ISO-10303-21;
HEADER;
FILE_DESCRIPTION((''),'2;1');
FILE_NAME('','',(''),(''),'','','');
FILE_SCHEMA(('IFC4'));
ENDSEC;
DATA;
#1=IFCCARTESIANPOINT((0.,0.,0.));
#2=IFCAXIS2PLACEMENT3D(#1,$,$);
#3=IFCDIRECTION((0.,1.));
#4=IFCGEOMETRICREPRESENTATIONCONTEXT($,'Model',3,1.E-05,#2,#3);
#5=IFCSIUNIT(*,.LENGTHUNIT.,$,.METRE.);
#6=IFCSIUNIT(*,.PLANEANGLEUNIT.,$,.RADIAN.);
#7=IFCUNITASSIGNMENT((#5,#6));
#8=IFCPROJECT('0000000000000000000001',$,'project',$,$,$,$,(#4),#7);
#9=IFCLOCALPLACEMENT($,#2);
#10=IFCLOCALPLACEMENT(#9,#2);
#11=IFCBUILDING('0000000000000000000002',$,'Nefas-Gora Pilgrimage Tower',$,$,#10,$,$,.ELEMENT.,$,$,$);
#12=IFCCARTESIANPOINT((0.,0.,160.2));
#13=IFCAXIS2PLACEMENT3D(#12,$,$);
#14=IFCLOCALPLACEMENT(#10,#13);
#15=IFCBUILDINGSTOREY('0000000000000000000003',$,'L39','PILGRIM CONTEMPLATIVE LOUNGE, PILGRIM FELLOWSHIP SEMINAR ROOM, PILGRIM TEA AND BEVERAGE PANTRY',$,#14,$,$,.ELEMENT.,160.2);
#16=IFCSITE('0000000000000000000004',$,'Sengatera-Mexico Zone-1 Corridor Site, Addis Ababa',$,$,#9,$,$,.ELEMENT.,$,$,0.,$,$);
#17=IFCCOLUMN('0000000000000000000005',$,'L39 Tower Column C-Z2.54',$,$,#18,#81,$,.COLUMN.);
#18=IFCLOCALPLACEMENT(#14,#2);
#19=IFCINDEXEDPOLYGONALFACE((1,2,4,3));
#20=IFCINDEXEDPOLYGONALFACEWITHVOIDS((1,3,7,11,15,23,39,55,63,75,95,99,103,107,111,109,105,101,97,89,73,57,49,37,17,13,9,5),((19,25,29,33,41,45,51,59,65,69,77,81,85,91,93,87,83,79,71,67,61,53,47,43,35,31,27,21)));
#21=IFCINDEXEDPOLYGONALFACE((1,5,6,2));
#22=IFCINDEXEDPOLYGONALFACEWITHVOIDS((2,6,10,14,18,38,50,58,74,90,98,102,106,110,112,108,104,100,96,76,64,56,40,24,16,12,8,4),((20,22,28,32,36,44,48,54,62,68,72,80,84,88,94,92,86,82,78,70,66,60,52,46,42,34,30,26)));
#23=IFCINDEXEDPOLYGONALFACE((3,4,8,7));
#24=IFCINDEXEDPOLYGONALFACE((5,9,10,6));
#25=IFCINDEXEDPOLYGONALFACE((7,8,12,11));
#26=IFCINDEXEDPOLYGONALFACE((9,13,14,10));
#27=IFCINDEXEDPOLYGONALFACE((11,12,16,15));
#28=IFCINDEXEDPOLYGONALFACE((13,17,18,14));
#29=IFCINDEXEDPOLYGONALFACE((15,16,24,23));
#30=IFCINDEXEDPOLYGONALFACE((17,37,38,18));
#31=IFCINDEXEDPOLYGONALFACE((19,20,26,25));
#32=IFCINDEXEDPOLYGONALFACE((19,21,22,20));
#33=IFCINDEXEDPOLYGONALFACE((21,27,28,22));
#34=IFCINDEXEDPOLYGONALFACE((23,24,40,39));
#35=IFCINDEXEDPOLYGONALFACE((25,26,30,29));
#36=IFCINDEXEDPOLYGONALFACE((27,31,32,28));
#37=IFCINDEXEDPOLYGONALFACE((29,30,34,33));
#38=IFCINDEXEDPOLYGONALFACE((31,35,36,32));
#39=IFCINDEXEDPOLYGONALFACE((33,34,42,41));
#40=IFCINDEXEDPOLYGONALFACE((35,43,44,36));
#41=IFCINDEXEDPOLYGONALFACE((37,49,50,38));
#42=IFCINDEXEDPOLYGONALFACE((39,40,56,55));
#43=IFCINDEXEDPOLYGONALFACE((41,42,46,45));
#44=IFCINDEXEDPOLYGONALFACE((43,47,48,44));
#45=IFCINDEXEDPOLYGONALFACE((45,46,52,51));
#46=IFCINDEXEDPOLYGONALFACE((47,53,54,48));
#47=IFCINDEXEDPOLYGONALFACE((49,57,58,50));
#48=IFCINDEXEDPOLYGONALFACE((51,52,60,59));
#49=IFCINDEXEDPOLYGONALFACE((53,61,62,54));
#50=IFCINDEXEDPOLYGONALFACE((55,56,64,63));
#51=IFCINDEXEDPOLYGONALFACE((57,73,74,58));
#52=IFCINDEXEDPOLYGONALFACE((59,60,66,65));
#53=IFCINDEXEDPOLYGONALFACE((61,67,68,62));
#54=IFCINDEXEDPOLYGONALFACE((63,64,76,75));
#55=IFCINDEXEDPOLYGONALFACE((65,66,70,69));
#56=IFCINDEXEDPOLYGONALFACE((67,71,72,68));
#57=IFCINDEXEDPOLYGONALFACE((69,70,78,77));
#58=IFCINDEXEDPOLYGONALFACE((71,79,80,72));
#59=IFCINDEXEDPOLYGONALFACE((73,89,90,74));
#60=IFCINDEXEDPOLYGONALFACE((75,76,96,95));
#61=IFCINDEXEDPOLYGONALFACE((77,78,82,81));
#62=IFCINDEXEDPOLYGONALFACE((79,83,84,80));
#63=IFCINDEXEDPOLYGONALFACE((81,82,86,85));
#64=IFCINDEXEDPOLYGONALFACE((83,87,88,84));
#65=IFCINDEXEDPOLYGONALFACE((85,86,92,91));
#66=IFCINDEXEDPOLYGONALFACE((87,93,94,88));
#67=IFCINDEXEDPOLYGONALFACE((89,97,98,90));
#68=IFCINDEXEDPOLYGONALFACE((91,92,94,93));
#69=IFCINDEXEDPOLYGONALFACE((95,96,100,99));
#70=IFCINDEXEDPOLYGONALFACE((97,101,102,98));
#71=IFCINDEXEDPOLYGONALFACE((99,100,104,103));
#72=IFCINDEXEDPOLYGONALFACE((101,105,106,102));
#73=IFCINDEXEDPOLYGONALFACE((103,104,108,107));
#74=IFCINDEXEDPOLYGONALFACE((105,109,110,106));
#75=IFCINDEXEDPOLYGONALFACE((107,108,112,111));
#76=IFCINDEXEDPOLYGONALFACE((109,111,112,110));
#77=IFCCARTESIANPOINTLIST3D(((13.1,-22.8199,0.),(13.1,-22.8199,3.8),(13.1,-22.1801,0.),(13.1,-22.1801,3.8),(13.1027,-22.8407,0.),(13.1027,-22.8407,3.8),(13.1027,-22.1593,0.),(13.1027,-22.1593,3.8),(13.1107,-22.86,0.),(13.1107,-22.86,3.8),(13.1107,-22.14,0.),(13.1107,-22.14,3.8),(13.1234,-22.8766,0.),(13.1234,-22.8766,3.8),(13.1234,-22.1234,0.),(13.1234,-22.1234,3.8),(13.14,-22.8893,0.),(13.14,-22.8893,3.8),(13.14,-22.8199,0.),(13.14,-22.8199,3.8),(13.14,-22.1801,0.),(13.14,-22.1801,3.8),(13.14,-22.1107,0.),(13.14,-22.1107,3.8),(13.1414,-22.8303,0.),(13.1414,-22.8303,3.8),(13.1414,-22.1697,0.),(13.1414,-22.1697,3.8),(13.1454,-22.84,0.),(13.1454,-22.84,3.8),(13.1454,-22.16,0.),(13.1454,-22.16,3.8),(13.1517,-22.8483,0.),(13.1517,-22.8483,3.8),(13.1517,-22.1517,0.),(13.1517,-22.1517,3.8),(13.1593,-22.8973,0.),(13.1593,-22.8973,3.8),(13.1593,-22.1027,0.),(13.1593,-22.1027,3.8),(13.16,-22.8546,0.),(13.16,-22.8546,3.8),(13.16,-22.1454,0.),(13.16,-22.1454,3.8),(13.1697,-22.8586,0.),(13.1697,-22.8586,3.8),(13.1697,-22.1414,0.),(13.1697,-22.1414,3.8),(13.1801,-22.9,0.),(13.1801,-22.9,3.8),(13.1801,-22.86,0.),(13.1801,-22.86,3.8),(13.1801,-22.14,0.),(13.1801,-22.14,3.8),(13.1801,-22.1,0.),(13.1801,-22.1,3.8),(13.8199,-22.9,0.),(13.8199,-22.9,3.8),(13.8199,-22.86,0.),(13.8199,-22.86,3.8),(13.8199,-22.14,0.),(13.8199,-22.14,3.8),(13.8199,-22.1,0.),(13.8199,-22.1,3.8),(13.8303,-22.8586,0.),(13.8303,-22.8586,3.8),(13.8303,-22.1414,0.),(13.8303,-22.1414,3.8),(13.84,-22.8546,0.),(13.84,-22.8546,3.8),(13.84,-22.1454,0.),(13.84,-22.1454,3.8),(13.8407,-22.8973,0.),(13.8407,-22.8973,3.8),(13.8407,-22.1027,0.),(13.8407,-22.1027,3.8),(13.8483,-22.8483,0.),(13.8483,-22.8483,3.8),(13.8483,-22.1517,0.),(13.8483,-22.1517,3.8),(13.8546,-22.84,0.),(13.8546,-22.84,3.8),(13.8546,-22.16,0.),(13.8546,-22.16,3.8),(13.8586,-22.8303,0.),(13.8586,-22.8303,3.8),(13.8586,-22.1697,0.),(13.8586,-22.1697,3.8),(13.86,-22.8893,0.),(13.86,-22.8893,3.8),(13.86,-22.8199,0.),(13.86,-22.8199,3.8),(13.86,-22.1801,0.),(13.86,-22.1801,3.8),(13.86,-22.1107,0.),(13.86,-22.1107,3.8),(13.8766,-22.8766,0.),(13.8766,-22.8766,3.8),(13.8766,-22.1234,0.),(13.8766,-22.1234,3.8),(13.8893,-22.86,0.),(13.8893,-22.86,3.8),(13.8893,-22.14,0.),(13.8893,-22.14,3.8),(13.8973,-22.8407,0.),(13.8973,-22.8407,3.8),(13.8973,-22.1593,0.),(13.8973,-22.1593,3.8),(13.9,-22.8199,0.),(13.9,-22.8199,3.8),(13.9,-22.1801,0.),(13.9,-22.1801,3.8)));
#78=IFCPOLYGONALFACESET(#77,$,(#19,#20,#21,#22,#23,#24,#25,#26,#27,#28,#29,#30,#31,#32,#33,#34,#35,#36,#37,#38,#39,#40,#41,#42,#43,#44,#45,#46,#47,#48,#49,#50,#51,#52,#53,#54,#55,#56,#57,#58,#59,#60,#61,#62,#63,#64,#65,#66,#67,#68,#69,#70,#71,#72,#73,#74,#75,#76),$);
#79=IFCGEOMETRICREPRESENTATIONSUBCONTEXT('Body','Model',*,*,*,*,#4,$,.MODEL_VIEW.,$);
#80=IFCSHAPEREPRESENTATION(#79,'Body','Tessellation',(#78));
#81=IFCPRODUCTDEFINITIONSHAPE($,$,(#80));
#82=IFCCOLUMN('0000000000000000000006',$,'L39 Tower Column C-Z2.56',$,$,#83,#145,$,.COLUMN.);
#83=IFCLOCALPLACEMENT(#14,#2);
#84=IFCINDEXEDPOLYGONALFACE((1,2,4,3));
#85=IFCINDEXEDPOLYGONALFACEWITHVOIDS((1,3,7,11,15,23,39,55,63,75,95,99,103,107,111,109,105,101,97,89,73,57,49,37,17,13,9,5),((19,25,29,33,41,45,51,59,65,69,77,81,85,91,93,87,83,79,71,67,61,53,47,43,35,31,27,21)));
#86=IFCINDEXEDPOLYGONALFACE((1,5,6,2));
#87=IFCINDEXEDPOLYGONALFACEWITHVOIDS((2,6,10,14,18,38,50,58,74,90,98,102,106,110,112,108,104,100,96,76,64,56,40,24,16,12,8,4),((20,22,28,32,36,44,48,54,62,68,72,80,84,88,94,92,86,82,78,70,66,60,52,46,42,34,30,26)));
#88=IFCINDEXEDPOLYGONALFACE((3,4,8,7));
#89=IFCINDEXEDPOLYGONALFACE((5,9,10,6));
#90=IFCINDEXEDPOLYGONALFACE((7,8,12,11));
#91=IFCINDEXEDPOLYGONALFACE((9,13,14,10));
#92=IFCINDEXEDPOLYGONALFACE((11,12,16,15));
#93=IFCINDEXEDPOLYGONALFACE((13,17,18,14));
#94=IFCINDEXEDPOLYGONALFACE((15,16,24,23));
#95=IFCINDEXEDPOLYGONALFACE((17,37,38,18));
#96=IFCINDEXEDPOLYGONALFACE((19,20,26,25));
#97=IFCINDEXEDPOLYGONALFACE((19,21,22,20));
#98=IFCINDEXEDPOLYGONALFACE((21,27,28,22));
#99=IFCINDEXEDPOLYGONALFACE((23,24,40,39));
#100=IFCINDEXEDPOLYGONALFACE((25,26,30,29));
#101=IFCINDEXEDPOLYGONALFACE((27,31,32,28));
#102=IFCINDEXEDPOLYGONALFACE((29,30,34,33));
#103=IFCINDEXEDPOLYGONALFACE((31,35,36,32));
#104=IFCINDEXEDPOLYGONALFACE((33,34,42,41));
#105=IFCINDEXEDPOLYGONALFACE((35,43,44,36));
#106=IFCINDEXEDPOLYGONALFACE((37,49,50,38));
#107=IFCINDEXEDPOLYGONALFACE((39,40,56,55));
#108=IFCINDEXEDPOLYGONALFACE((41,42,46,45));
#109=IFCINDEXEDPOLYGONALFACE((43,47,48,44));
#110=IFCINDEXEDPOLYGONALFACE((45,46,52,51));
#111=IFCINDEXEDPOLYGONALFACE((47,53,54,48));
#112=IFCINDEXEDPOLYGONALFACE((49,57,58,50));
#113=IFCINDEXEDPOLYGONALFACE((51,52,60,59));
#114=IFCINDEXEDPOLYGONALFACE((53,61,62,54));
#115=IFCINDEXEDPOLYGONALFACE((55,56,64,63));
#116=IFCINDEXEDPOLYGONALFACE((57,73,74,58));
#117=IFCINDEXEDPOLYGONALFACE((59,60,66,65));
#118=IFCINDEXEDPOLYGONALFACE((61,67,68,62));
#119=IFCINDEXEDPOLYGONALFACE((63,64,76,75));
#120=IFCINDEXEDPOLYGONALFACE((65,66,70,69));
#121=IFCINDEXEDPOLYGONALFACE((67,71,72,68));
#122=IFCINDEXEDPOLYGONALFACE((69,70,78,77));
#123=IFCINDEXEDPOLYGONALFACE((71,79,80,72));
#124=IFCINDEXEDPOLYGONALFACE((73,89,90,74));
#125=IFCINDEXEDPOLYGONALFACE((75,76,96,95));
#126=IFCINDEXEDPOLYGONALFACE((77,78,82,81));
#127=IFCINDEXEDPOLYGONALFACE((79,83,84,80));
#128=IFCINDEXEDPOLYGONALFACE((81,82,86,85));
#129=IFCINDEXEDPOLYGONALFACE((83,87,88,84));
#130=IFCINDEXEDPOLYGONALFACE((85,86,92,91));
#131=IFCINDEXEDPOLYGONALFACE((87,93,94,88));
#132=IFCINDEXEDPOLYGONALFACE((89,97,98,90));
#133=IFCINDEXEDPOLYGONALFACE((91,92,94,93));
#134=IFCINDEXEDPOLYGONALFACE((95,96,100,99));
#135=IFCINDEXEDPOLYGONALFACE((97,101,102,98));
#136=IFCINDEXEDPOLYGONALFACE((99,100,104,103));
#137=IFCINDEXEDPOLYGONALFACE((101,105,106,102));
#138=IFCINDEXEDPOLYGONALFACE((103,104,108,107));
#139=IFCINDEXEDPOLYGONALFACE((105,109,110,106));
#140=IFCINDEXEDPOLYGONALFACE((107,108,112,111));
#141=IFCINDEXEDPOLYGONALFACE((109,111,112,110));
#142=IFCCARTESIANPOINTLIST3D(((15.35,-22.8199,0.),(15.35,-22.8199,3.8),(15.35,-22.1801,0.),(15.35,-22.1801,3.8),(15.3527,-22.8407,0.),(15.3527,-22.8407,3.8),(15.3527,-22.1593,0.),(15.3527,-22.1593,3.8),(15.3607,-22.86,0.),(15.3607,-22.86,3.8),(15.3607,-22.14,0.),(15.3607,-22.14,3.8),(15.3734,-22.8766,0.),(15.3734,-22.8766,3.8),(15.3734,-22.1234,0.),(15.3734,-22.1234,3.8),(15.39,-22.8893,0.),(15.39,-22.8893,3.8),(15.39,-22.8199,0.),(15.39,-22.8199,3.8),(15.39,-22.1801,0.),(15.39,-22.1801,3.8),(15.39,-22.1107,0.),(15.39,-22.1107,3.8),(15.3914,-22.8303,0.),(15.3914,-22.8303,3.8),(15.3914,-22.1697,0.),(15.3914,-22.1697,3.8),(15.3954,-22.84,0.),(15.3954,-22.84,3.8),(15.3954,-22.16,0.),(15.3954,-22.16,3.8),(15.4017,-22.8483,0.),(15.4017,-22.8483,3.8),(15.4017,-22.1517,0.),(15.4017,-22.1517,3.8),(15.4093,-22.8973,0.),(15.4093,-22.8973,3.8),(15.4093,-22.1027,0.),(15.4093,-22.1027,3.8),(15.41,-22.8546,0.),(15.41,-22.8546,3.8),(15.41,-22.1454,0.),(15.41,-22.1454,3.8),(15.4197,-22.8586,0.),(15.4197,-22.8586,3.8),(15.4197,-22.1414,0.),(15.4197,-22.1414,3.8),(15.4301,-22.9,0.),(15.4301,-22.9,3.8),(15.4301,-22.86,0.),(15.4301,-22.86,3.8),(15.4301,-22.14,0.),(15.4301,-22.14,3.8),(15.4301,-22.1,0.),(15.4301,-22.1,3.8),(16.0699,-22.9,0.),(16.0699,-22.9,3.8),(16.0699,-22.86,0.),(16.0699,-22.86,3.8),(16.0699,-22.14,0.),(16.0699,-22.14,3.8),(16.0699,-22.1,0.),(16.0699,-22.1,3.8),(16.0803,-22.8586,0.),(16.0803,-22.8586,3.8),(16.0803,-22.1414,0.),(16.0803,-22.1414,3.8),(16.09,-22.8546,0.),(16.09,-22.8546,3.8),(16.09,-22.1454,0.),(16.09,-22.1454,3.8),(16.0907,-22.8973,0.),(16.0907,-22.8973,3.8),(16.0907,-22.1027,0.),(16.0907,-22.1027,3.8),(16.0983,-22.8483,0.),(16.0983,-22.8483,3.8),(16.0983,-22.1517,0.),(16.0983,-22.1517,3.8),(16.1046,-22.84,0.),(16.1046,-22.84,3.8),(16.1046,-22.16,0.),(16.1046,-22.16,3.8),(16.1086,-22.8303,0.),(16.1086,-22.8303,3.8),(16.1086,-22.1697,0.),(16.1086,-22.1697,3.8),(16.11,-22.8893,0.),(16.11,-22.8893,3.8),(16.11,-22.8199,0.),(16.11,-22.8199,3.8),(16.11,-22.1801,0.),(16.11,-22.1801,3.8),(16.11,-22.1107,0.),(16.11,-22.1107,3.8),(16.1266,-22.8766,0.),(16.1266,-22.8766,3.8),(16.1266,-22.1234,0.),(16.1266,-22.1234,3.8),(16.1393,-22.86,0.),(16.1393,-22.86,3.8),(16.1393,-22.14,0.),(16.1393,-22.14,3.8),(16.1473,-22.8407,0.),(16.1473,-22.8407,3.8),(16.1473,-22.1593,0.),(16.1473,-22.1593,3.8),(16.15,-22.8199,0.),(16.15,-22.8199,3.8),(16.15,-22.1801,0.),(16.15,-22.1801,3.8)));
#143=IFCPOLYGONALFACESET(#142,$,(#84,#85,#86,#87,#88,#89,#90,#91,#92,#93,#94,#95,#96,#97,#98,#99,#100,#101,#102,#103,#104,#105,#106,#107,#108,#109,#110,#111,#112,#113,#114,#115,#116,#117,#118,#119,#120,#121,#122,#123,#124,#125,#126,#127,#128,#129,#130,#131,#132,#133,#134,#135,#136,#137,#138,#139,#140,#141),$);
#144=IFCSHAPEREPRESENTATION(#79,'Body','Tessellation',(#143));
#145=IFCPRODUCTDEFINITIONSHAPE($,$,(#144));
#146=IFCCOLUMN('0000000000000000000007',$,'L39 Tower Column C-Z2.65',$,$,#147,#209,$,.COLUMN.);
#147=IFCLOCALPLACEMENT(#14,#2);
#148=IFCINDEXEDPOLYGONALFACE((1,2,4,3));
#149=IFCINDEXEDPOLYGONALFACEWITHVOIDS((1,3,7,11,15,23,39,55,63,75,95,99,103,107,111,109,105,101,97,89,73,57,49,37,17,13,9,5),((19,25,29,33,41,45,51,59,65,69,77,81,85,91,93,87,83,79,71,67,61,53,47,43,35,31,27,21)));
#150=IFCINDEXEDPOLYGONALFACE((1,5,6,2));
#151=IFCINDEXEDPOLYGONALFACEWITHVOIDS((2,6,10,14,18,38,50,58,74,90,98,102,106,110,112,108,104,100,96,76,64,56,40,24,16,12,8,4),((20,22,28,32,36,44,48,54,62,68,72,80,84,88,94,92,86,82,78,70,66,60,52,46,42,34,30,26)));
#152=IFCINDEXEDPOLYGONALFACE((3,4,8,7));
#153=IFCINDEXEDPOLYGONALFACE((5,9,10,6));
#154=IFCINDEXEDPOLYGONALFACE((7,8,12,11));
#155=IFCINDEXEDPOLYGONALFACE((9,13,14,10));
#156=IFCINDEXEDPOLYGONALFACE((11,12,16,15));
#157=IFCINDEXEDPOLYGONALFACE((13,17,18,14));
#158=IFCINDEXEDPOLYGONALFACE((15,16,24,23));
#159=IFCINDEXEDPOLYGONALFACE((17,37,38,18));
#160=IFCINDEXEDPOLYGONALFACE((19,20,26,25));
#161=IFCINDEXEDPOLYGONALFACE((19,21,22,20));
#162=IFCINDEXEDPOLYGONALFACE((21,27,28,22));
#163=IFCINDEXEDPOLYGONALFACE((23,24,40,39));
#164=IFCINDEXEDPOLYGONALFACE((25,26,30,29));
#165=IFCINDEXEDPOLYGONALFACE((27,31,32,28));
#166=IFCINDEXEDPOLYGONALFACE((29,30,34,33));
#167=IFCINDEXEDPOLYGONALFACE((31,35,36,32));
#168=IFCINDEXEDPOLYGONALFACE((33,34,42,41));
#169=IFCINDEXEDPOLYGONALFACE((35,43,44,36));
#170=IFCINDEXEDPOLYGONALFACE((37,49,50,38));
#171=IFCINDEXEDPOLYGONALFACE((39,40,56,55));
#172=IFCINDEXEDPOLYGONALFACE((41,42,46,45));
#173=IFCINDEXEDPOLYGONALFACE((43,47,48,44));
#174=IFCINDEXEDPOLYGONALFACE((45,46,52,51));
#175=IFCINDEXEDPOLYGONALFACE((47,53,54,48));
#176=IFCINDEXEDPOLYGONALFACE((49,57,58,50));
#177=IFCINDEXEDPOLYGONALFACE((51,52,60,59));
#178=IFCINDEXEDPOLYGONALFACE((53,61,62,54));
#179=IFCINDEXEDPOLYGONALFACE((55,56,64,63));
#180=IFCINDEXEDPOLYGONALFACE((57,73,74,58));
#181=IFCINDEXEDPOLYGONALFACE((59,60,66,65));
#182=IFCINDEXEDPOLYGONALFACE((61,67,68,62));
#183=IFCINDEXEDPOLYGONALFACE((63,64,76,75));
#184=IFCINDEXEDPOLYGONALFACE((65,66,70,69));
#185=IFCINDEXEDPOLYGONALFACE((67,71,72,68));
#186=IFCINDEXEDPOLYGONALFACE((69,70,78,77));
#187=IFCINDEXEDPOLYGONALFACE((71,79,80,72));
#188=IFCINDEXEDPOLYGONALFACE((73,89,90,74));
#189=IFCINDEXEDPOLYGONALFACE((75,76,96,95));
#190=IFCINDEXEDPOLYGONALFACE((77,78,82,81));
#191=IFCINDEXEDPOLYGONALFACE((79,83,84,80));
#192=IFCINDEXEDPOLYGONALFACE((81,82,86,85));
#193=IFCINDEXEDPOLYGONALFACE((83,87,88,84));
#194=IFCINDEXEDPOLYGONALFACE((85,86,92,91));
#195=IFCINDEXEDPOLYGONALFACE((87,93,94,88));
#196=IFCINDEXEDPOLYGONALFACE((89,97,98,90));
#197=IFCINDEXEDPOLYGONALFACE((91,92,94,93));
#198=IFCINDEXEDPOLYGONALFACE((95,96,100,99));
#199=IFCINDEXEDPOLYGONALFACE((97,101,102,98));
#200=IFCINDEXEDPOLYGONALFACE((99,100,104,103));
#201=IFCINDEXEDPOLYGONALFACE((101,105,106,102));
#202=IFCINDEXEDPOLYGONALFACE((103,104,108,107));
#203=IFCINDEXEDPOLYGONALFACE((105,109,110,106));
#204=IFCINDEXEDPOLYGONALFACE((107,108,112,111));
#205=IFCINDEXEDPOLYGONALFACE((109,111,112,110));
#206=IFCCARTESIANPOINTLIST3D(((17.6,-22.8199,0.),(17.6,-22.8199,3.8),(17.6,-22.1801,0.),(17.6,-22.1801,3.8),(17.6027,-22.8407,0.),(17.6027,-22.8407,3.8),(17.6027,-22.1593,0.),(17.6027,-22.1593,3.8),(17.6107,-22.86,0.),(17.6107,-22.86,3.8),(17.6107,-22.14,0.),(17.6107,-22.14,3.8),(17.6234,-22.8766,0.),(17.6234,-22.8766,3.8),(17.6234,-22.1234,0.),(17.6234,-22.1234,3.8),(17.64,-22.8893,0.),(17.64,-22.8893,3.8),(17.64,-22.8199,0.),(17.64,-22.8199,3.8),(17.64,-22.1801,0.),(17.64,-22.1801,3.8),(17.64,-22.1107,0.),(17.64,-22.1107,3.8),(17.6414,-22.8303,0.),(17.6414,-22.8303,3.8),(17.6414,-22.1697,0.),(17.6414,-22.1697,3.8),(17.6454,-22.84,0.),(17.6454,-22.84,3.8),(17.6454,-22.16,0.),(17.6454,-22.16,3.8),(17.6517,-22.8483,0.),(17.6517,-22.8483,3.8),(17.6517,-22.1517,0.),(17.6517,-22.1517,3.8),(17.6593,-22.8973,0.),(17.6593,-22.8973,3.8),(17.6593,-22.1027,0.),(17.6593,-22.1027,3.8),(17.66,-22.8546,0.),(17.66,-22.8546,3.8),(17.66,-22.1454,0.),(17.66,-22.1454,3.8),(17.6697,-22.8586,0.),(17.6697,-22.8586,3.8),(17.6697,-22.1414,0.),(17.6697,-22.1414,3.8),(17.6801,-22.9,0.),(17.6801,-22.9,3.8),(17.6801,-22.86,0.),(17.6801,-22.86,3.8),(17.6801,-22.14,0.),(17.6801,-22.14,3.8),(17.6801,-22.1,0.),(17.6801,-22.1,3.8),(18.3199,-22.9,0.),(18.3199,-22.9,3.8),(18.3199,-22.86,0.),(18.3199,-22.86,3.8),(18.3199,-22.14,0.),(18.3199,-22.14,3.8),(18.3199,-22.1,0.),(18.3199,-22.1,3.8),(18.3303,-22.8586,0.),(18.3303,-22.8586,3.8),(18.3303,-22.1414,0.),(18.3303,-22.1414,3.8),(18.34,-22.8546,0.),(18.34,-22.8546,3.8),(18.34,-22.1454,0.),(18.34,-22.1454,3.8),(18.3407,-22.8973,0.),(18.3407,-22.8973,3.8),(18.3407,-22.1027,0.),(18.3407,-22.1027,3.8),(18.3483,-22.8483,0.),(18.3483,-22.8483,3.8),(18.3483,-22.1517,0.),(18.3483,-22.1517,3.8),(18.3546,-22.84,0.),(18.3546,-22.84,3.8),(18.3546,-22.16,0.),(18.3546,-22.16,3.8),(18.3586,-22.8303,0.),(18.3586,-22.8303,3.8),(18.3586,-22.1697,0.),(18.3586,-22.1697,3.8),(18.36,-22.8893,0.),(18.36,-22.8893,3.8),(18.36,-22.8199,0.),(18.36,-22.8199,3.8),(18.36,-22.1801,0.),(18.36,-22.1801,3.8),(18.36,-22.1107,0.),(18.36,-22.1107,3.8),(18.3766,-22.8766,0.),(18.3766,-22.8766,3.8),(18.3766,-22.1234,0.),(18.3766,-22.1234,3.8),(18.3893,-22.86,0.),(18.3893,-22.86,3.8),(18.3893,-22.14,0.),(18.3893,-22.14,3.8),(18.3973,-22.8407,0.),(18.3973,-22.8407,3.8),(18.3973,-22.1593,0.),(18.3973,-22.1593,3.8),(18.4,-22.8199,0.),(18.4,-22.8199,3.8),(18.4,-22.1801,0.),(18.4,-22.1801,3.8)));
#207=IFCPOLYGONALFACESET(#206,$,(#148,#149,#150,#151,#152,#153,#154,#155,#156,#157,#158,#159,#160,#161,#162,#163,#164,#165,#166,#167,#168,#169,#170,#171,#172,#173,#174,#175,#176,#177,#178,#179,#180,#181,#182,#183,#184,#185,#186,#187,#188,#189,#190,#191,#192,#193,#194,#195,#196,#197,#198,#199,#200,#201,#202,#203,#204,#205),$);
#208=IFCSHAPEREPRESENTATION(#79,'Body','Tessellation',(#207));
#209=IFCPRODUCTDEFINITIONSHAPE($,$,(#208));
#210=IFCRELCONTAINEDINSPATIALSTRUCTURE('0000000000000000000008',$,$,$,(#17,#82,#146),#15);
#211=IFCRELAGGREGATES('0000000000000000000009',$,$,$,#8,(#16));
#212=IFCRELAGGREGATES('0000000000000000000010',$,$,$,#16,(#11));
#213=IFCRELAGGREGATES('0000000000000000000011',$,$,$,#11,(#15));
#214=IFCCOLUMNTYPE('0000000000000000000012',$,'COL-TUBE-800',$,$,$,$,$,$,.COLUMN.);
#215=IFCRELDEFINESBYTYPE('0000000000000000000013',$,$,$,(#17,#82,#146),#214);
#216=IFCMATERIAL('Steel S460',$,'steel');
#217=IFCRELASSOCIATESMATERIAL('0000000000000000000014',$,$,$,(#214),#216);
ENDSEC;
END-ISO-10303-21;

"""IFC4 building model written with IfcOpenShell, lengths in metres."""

from ifc_helpers import new_model, si_unit, direction, frame, origin, origin_2d, place, context, subcontext, project, spatial, hollow_rectangle, extrude, source, transform, mapped, material, material_profile, profile_set, type_object, element, save


model = new_model("IFC4")

# Units and contexts
model_context = context("Model", 3, precision=1e-05, world=origin(), true_north=direction((0.0, 1.0)))
body_context = subcontext(model_context, "Body", "Model", "MODEL_VIEW")
ifc_project = project(units=[si_unit("LENGTHUNIT", "METRE"), si_unit("PLANEANGLEUNIT", "RADIAN")], contexts=[model_context])

# Site, building, storey
site_placement = place(None, origin())
site = spatial("IfcSite", under=ifc_project, at=site_placement, Name="Sengatera-Mexico Zone-1 Corridor Site, Addis Ababa", CompositionType="ELEMENT", RefElevation=0.0)
building_placement = place(site_placement, origin())
building = spatial("IfcBuilding", under=site, at=building_placement, Name="Nefas-Gora Pilgrimage Tower", CompositionType="ELEMENT")
storey_placement = place(building_placement, frame((0.0, 0.0, 160.2)))
storey = spatial("IfcBuildingStorey", under=building, at=storey_placement, Name="L39", Description="PILGRIM CONTEMPLATIVE LOUNGE, PILGRIM FELLOWSHIP SEMINAR ROOM, PILGRIM TEA AND BEVERAGE PANTRY", CompositionType="ELEMENT", Elevation=160.2)

# Columns
ifc_material_1 = material(Name="Steel S460", Category="steel")
ifc_material_profile_1 = material_profile(ifc_material_1, hollow_rectangle(XDim=0.8, YDim=0.8, WallThickness=0.04, InnerFilletRadius=0.04, OuterFilletRadius=0.0801, at=origin_2d()), Name="BOX 800x800x40")
ifc_profile_set_1 = profile_set([ifc_material_profile_1], Name="Steel S460")
column_type_1 = type_object("IfcColumnType", Name="COL-TUBE-800", PredefinedType="COLUMN", material=ifc_profile_set_1)
shared_shape_1 = source(origin(), body_context, "Body", "SweptSolid", [
    extrude(hollow_rectangle(XDim=0.8, YDim=0.8, WallThickness=0.04, InnerFilletRadius=0.04, OuterFilletRadius=0.0801, at=origin_2d()), origin(), (0.0, 0.0, 1.0), 3.8),
])
for number, where, z_axis, x_axis, name in (
    (1, (13.5, -22.5, 0.0), (0.0, 0.0, 1.0), (1.0, 0.0, 0.0), "L39 Tower Column C-Z2.54"),
    (2, (15.75, -22.5, 0.0), (0.0, 0.0, 1.0), (1.0, 0.0, 0.0), "L39 Tower Column C-Z2.56"),
    (3, (18.0, -22.5, 0.0), (0.0, 0.0, 1.0), (1.0, 0.0, 0.0), "L39 Tower Column C-Z2.65"),
):
    element("IfcColumn", number, at=place(storey_placement, frame(where, z_axis=z_axis, x_axis=x_axis)), inside=storey, type_object=column_type_1, Name=name, PredefinedType="COLUMN", context=body_context, shape_type="MappedRepresentation", body=[
        mapped(shared_shape_1, transform((0.0, 0.0, 0.0), x_axis=(1.0, 0.0, 0.0), y_axis=(0.0, 1.0, 0.0), z_axis=(0.0, 0.0, 1.0), scale=1.0)),
    ])

save(model, "model.ifc")
